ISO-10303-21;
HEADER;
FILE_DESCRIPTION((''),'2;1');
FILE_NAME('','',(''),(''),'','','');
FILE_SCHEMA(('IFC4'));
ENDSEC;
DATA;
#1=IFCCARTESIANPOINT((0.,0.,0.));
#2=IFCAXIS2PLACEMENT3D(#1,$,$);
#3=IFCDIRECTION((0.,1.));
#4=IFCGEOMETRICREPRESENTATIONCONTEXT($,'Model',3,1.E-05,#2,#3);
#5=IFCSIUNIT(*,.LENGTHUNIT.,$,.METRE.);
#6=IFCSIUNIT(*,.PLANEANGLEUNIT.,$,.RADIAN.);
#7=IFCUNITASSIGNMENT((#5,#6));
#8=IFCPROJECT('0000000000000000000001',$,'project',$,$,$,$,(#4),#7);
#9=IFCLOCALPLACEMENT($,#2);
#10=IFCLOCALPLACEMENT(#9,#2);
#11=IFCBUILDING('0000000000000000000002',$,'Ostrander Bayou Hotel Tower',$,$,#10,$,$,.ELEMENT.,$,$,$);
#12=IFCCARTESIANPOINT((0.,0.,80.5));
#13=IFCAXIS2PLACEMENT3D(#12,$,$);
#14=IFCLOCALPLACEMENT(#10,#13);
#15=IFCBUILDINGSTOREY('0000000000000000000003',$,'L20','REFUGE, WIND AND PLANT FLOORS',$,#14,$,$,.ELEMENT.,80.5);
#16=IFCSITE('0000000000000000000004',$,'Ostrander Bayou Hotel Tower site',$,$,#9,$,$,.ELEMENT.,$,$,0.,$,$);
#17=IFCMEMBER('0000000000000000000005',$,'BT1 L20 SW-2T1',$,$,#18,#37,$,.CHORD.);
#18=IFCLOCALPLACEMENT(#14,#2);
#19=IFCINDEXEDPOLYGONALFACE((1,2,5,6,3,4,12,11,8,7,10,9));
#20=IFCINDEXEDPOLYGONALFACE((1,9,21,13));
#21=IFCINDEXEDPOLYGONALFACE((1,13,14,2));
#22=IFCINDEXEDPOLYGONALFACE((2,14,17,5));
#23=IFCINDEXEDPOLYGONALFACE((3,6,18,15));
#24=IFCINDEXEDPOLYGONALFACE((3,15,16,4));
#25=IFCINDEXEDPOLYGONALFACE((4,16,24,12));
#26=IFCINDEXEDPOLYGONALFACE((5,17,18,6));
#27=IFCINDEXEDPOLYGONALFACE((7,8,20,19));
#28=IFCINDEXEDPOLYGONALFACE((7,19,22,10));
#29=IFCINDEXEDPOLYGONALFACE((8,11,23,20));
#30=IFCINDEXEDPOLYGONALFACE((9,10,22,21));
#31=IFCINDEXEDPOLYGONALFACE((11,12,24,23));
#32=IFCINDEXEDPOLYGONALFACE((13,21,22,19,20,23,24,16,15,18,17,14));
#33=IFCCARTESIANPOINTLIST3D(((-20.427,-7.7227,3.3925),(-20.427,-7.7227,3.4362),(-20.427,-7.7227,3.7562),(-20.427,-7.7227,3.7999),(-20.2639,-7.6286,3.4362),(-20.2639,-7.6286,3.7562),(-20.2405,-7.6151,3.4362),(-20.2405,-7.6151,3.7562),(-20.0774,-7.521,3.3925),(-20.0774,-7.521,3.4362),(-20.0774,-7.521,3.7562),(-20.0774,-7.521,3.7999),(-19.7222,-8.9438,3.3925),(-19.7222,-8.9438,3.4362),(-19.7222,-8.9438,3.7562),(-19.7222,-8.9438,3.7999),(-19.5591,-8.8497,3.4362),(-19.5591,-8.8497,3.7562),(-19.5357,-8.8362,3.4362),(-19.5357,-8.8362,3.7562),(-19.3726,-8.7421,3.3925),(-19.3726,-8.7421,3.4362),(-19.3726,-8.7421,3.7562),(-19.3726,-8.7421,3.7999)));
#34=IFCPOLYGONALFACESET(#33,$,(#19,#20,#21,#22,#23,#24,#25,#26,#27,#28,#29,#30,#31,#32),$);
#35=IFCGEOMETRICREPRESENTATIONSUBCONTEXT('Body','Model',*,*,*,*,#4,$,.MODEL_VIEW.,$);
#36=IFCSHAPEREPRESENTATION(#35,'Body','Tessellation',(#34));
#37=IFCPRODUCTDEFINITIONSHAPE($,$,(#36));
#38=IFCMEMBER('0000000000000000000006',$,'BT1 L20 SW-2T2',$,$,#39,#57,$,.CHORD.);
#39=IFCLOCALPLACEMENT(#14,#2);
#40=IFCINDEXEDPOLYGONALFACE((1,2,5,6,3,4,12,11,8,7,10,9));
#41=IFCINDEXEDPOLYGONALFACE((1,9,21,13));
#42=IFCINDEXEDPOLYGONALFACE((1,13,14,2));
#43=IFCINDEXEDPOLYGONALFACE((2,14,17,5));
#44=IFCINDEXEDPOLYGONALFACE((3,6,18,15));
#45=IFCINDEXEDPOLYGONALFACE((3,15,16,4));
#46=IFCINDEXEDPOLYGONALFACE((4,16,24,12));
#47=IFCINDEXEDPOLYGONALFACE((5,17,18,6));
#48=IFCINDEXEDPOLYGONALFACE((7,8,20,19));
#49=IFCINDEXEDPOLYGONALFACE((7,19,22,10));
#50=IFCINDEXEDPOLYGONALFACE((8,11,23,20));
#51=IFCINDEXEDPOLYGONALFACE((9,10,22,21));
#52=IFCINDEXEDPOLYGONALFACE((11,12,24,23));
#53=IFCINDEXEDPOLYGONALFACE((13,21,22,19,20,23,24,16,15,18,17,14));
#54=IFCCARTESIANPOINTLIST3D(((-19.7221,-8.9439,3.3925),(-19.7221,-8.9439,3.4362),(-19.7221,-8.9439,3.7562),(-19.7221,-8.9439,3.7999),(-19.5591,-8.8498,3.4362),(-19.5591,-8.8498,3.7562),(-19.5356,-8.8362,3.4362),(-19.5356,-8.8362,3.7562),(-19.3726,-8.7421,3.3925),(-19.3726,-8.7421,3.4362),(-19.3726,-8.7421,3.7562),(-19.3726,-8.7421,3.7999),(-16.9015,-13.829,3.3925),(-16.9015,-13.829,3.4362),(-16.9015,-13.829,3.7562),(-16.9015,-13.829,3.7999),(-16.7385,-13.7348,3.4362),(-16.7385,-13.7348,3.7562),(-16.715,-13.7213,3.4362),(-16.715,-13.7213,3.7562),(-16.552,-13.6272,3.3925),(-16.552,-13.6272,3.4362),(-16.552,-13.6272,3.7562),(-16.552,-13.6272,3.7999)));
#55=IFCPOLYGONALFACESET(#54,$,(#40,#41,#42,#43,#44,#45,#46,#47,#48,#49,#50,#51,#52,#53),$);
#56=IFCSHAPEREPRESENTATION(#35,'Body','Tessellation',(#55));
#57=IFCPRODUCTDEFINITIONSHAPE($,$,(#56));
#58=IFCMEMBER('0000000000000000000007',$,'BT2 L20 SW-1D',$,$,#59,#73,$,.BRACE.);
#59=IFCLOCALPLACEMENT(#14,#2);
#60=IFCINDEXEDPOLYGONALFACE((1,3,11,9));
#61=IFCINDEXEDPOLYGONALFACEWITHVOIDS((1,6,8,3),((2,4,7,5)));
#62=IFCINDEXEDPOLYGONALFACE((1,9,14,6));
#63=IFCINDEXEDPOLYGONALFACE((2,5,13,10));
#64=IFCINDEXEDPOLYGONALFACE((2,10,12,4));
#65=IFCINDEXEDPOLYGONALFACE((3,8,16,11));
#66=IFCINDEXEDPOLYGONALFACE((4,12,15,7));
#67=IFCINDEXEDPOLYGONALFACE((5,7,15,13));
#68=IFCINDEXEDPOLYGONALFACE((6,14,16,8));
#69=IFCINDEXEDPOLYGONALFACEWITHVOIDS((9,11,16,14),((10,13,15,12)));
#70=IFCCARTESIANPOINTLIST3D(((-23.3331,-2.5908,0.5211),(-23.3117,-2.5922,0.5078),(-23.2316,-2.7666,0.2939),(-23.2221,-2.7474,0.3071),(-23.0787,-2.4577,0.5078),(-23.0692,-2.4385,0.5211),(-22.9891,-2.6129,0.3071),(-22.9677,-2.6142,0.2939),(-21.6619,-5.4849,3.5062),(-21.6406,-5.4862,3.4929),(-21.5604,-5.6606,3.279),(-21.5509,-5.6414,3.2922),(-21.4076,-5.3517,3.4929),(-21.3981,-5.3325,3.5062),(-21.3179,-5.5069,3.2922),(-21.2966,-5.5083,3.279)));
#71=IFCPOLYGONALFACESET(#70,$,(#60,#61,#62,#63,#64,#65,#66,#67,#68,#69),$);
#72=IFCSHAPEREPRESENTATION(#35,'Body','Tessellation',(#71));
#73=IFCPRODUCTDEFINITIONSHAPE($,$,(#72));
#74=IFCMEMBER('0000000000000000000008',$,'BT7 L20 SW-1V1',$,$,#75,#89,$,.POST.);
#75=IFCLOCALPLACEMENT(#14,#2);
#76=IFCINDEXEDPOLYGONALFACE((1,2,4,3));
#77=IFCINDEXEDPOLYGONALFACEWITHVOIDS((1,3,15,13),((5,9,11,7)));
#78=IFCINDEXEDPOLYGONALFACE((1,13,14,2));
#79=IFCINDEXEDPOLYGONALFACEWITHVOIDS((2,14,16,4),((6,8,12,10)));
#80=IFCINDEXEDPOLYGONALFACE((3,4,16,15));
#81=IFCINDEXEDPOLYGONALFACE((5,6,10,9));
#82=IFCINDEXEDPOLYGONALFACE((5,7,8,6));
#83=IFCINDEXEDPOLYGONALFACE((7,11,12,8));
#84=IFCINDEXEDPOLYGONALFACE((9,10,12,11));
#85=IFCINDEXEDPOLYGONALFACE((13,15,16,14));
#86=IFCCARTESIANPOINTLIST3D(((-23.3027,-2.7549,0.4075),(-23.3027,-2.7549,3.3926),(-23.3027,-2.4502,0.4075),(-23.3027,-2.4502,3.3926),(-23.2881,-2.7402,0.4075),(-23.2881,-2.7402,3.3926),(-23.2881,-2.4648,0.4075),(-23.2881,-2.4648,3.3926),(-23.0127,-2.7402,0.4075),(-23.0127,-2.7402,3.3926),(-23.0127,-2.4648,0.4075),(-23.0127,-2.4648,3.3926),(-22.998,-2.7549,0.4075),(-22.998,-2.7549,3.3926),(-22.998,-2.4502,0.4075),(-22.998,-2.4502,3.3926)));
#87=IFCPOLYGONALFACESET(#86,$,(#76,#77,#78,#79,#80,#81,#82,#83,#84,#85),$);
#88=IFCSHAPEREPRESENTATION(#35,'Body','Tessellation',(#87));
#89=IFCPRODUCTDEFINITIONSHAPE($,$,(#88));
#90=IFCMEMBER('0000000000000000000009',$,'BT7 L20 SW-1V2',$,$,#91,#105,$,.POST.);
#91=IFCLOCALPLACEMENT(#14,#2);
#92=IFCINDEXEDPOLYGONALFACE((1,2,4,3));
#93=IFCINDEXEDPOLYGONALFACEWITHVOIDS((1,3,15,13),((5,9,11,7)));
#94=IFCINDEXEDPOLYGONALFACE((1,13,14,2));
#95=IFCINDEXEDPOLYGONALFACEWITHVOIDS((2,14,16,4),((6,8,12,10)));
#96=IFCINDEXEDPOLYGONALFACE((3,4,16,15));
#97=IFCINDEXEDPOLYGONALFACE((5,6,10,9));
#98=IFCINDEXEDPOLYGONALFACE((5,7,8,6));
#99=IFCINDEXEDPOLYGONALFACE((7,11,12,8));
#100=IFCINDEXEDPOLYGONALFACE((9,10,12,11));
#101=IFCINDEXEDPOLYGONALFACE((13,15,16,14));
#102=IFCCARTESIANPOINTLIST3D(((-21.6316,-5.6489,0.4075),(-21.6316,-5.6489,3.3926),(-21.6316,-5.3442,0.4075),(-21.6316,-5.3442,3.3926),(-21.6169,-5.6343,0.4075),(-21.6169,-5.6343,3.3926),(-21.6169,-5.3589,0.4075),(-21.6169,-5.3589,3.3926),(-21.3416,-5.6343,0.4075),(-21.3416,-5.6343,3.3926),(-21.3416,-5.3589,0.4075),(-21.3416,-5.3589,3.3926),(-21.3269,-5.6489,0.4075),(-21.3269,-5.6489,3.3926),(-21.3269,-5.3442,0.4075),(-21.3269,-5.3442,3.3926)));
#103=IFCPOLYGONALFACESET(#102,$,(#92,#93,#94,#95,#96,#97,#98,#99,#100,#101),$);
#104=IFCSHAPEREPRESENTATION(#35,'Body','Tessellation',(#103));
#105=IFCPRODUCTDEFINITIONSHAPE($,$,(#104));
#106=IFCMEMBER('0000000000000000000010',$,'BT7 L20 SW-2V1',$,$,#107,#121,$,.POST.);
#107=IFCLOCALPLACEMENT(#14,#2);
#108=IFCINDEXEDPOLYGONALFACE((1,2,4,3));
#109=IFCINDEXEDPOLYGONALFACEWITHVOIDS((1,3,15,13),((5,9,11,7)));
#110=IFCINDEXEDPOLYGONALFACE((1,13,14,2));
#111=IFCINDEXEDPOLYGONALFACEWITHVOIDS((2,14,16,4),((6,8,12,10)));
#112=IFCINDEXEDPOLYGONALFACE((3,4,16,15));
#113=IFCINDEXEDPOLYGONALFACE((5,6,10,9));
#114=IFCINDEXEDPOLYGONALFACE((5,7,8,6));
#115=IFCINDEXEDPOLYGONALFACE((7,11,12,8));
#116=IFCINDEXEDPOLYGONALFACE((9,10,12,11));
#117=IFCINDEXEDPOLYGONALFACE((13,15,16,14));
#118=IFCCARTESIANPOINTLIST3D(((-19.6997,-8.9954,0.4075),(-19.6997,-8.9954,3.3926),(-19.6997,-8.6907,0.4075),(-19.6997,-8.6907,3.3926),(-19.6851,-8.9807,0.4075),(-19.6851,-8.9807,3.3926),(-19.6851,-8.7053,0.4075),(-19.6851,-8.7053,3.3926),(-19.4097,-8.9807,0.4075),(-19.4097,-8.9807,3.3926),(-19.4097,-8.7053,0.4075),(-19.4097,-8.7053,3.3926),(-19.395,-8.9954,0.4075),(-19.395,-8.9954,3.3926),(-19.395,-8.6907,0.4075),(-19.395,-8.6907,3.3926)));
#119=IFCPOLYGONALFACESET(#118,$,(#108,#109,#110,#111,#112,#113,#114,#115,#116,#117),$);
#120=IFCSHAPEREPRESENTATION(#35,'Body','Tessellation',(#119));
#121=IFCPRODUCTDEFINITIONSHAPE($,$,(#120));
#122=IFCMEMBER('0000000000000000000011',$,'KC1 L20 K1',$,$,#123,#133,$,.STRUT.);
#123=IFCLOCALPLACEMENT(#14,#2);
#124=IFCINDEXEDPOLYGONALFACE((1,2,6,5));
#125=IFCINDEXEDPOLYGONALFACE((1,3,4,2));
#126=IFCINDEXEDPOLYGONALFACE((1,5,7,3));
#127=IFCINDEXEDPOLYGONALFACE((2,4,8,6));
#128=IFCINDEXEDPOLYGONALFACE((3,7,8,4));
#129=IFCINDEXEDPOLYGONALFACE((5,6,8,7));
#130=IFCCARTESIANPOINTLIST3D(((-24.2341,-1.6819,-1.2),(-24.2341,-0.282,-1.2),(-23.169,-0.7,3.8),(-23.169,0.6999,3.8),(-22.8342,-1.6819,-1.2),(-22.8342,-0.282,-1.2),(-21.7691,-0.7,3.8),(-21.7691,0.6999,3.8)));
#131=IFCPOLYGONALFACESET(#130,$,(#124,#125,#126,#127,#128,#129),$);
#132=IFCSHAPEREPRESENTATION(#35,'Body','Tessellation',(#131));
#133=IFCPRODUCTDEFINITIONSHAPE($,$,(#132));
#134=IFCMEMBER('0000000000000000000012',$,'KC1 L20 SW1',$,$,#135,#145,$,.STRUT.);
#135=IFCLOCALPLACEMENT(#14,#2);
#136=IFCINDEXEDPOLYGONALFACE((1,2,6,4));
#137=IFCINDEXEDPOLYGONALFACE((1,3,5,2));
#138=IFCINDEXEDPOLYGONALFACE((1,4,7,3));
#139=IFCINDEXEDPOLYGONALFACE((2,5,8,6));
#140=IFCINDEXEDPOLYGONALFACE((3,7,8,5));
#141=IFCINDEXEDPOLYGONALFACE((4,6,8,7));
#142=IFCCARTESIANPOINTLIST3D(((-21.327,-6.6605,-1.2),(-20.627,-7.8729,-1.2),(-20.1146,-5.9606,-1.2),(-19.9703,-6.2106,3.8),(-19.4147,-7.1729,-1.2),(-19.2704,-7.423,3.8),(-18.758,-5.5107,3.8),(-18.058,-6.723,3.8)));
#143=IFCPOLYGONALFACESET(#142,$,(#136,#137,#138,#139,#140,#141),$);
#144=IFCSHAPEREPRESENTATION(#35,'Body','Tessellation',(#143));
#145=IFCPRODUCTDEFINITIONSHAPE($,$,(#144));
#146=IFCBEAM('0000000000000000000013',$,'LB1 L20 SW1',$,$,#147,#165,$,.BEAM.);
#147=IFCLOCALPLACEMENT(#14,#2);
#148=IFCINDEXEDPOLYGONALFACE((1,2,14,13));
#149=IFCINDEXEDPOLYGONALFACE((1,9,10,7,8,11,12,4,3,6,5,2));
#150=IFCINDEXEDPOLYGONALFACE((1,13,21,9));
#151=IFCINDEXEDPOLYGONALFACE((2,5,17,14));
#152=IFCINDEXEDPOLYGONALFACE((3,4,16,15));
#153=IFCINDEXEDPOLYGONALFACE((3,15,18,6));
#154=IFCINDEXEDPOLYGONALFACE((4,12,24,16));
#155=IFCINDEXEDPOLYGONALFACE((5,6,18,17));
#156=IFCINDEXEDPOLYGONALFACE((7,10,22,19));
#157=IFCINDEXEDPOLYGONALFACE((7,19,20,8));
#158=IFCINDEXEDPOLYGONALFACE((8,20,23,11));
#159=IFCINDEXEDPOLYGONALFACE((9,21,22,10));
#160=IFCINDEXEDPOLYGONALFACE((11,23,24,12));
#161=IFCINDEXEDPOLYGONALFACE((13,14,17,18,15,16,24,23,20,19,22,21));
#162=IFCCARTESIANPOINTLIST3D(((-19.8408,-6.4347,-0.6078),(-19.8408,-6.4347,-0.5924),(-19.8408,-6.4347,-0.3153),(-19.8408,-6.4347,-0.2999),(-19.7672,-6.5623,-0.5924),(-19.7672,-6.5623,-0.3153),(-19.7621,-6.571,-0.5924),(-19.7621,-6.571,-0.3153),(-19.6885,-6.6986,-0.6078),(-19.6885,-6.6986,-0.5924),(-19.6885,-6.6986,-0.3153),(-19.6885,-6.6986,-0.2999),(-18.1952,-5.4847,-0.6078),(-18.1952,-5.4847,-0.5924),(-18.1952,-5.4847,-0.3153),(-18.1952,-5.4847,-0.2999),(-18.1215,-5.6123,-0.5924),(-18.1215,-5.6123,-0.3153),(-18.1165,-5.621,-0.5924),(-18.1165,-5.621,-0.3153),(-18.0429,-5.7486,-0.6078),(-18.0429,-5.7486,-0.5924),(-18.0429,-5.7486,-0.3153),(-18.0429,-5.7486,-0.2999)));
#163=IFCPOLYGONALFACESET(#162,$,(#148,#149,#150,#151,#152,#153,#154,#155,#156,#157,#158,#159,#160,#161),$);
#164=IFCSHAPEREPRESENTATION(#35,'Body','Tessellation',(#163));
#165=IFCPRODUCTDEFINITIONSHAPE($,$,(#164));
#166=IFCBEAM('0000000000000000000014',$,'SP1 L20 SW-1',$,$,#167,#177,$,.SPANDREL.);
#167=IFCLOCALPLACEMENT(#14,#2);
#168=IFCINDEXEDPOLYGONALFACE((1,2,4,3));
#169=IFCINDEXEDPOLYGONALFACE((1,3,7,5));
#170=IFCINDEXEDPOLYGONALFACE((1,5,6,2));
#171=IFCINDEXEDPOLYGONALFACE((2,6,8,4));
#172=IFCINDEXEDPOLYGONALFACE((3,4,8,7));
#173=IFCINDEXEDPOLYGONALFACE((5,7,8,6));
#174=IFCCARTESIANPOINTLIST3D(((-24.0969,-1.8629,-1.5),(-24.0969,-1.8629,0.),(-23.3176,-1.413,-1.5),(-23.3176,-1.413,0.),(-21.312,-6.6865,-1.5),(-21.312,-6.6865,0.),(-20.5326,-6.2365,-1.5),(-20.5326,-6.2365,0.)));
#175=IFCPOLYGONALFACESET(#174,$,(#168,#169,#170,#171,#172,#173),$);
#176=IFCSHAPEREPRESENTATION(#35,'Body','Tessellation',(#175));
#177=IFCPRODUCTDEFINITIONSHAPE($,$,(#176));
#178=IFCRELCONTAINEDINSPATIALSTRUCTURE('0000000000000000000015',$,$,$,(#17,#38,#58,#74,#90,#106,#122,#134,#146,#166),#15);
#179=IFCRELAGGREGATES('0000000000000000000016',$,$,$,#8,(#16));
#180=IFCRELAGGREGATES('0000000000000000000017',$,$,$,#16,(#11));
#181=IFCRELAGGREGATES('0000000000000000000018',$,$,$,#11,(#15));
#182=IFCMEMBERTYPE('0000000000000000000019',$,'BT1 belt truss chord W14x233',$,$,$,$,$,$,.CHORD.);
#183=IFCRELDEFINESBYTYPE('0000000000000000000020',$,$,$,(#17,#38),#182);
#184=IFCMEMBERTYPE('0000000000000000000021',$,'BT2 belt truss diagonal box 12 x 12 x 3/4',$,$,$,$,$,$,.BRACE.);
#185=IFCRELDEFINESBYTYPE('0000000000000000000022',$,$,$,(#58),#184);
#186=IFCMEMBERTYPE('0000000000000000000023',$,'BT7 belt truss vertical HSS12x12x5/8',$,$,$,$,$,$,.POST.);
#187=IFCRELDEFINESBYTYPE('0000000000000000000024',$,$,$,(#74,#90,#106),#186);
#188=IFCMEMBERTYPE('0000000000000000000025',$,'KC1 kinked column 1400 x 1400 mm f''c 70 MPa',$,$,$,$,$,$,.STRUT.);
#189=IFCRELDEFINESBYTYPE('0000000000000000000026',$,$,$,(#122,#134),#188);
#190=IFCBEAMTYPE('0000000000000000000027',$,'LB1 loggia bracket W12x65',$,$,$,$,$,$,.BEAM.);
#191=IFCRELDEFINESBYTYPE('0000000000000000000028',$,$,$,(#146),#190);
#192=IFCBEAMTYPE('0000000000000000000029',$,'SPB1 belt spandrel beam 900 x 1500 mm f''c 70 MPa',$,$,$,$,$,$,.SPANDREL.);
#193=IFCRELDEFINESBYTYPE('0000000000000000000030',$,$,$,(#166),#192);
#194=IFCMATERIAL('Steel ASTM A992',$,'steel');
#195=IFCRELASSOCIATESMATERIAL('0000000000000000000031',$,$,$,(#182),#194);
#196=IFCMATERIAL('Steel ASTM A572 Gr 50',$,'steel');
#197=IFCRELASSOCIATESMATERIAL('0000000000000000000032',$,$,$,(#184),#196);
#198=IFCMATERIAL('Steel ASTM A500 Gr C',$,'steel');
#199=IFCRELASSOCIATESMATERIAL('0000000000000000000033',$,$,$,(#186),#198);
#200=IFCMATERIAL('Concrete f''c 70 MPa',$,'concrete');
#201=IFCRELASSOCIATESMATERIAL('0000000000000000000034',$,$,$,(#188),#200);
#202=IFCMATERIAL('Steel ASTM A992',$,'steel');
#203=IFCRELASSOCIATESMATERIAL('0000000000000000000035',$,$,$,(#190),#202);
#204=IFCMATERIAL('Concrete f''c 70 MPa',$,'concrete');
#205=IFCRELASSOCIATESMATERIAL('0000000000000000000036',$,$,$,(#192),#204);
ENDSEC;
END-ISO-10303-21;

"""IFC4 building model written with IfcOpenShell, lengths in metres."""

from ifc_helpers import new_model, si_unit, direction, frame, origin, origin_2d, place, context, subcontext, project, spatial, rectangle, hollow_rectangle, i_section, extrude, material, material_profile, profile_set, type_object, element, save


model = new_model("IFC4")

# Units and contexts
model_context = context("Model", 3, precision=1e-05, world=origin(), true_north=direction((0.0, 1.0)))
body_context = subcontext(model_context, "Body", "Model", "MODEL_VIEW")
ifc_project = project(units=[si_unit("LENGTHUNIT", "METRE"), si_unit("PLANEANGLEUNIT", "RADIAN")], contexts=[model_context])

# Site, building, storey
site_placement = place(None, origin())
site = spatial("IfcSite", under=ifc_project, at=site_placement, Name="Ostrander Bayou Hotel Tower site", CompositionType="ELEMENT", RefElevation=0.0)
building_placement = place(site_placement, origin())
building = spatial("IfcBuilding", under=site, at=building_placement, Name="Ostrander Bayou Hotel Tower", CompositionType="ELEMENT")
storey_placement = place(building_placement, frame((0.0, 0.0, 80.5)))
storey = spatial("IfcBuildingStorey", under=building, at=storey_placement, Name="L20", Description="REFUGE, WIND AND PLANT FLOORS", CompositionType="ELEMENT", Elevation=80.5)

# Members
ifc_material_1 = material(Name="Steel ASTM A992", Category="steel")
ifc_material_profile_1 = material_profile(ifc_material_1, i_section(OverallWidth=0.4036, OverallDepth=0.4075, WebThickness=0.0271, FlangeThickness=0.0437, at=origin_2d()))
ifc_profile_set_1 = profile_set([ifc_material_profile_1], Name="Steel ASTM A992")
member_type_1 = type_object("IfcMemberType", Name="BT1 belt truss chord W14x233", PredefinedType="CHORD", material=ifc_profile_set_1)
member_1_placement = place(storey_placement, frame((-20.2522, -7.6218, 3.5962), z_axis=(0.499882, -0.866093, 0.0), x_axis=(0.866093, 0.499882, 0.0)))
element("IfcMember", 1, at=member_1_placement, inside=storey, type_object=member_type_1, Name="BT1 L20 SW-2T1", PredefinedType="CHORD", context=body_context, shape_type="SweptSolid", body=[
    extrude(i_section(OverallWidth=0.4036, OverallDepth=0.4075, WebThickness=0.0271, FlangeThickness=0.0437, at=origin_2d()), origin(), (0.0, 0.0, 1.0), 1.4099),
])
member_2_placement = place(storey_placement, frame((-19.5474, -8.843, 3.5962), z_axis=(0.500026, -0.86601, 0.0), x_axis=(0.86601, 0.500026, 0.0)))
element("IfcMember", 2, at=member_2_placement, inside=storey, type_object=member_type_1, Name="BT1 L20 SW-2T2", PredefinedType="CHORD", context=body_context, shape_type="SweptSolid", body=[
    extrude(i_section(OverallWidth=0.4036, OverallDepth=0.4075, WebThickness=0.0271, FlangeThickness=0.0437, at=origin_2d()), origin(), (0.0, 0.0, 1.0), 5.6409),
])
ifc_material_2 = material(Name="Steel ASTM A572 Gr 50", Category="steel")
ifc_material_profile_2 = material_profile(ifc_material_2, hollow_rectangle(XDim=0.3047, YDim=0.3047, WallThickness=0.0178, at=origin_2d()))
ifc_profile_set_2 = profile_set([ifc_material_profile_2], Name="Steel ASTM A572 Gr 50")
member_type_2 = type_object("IfcMemberType", Name="BT2 belt truss diagonal box 12 x 12 x 3/4", PredefinedType="BRACE", material=ifc_profile_set_2)
member_3_placement = place(storey_placement, frame((-23.1504, -2.6025, 0.4075), z_axis=(0.372942, -0.645852, 0.666175), x_axis=(0.865991, 0.50006, 0.0)))
element("IfcMember", 3, at=member_3_placement, inside=storey, type_object=member_type_2, Name="BT2 L20 SW-1D", PredefinedType="BRACE", context=body_context, shape_type="SweptSolid", body=[
    extrude(hollow_rectangle(XDim=0.3047, YDim=0.3047, WallThickness=0.0178, at=origin_2d()), origin(), (0.0, 0.0, 1.0), 4.481),
])
ifc_material_3 = material(Name="Steel ASTM A500 Gr C", Category="steel")
ifc_material_profile_3 = material_profile(ifc_material_3, hollow_rectangle(XDim=0.3047, YDim=0.3047, WallThickness=0.0146, at=origin_2d()))
ifc_profile_set_3 = profile_set([ifc_material_profile_3], Name="Steel ASTM A500 Gr C")
member_type_3 = type_object("IfcMemberType", Name="BT7 belt truss vertical HSS12x12x5/8", PredefinedType="POST", material=ifc_profile_set_3)
for number, where, z_axis, x_axis, name in (
    (4, (-23.1504, -2.6025, 0.4075), (0.0, 0.0, 1.0), (1.0, 0.0, 0.0), "BT7 L20 SW-1V1"),
    (5, (-21.4792, -5.4966, 0.4075), (0.0, 0.0, 1.0), (1.0, 0.0, 0.0), "BT7 L20 SW-1V2"),
    (6, (-19.5474, -8.843, 0.4075), (0.0, 0.0, 1.0), (1.0, 0.0, 0.0), "BT7 L20 SW-2V1"),
):
    element("IfcMember", number, at=place(storey_placement, frame(where, z_axis=z_axis, x_axis=x_axis)), inside=storey, type_object=member_type_3, Name=name, PredefinedType="POST", context=body_context, shape_type="SweptSolid", body=[
        extrude(hollow_rectangle(XDim=0.3047, YDim=0.3047, WallThickness=0.0146, at=origin_2d()), origin(), (0.0, 0.0, 1.0), 2.9851),
    ])
ifc_material_4 = material(Name="Concrete f'c 70 MPa", Category="concrete")
ifc_material_profile_4 = material_profile(ifc_material_4, rectangle(XDim=1.3999, YDim=1.3999, at=origin_2d()))
ifc_profile_set_4 = profile_set([ifc_material_profile_4], Name="Concrete f'c 70 MPa")
member_type_4 = type_object("IfcMemberType", Name="KC1 kinked column 1400 x 1400 mm f'c 70 MPa", PredefinedType="STRUT", material=ifc_profile_set_4)
member_4_placement = place(storey_placement, frame((-23.5342, -0.9819, -1.2), z_axis=(0.0, 0.0, 1.0), x_axis=(1.0, 0.0, 0.0)))
element("IfcMember", 7, at=member_4_placement, inside=storey, type_object=member_type_4, Name="KC1 L20 K1", PredefinedType="STRUT", context=body_context, shape_type="SweptSolid", body=[
    extrude(rectangle(XDim=1.3999, YDim=1.3999, at=origin_2d()), origin(), (0.204621, 0.188628, 0.960494), 5.2056),
])
member_5_placement = place(storey_placement, frame((-20.3708, -6.9167, -1.2), z_axis=(0.0, 0.0, 1.0), x_axis=(-0.5, 0.866025, 0.0)))
element("IfcMember", 8, at=member_5_placement, inside=storey, type_object=member_type_4, Name="KC1 L20 SW1", PredefinedType="STRUT", context=body_context, shape_type="SweptSolid", body=[
    extrude(rectangle(XDim=1.3999, YDim=1.3999, at=origin_2d()), origin(), (-0.055511, -0.269197, 0.961484), 5.2002),
])

# Beams
ifc_material_5 = material(Name="Steel ASTM A992", Category="steel")
ifc_material_profile_5 = material_profile(ifc_material_5, i_section(OverallWidth=0.3047, OverallDepth=0.3079, WebThickness=0.01, FlangeThickness=0.0154, at=origin_2d()))
ifc_profile_set_5 = profile_set([ifc_material_profile_5], Name="Steel ASTM A992")
beam_type_1 = type_object("IfcBeamType", Name="LB1 loggia bracket W12x65", PredefinedType="BEAM", material=ifc_profile_set_5)
beam_1_placement = place(storey_placement, frame((-19.7646, -6.5667, -0.4539), z_axis=(0.866044, 0.499967, 0.0), x_axis=(-0.499967, 0.866044, 0.0)))
element("IfcBeam", 9, at=beam_1_placement, inside=storey, type_object=beam_type_1, Name="LB1 L20 SW1", PredefinedType="BEAM", context=body_context, shape_type="SweptSolid", body=[
    extrude(i_section(OverallWidth=0.3047, OverallDepth=0.3079, WebThickness=0.01, FlangeThickness=0.0154, at=origin_2d()), origin(), (0.0, 0.0, 1.0), 1.9001),
])
ifc_material_6 = material(Name="Concrete f'c 70 MPa", Category="concrete")
ifc_material_profile_6 = material_profile(ifc_material_6, rectangle(XDim=0.8999, YDim=1.5, at=origin_2d()))
ifc_profile_set_6 = profile_set([ifc_material_profile_6], Name="Concrete f'c 70 MPa")
beam_type_2 = type_object("IfcBeamType", Name="SPB1 belt spandrel beam 900 x 1500 mm f'c 70 MPa", PredefinedType="SPANDREL", material=ifc_profile_set_6)
beam_2_placement = place(storey_placement, frame((-23.7073, -1.6379, -0.75), z_axis=(0.50001, -0.86602, 0.0), x_axis=(0.86602, 0.50001, 0.0)))
element("IfcBeam", 10, at=beam_2_placement, inside=storey, type_object=beam_type_2, Name="SP1 L20 SW-1", PredefinedType="SPANDREL", context=body_context, shape_type="SweptSolid", body=[
    extrude(rectangle(XDim=0.8999, YDim=1.5, at=origin_2d()), origin(), (0.0, 0.0, 1.0), 5.5698),
])

save(model, "model.ifc")
